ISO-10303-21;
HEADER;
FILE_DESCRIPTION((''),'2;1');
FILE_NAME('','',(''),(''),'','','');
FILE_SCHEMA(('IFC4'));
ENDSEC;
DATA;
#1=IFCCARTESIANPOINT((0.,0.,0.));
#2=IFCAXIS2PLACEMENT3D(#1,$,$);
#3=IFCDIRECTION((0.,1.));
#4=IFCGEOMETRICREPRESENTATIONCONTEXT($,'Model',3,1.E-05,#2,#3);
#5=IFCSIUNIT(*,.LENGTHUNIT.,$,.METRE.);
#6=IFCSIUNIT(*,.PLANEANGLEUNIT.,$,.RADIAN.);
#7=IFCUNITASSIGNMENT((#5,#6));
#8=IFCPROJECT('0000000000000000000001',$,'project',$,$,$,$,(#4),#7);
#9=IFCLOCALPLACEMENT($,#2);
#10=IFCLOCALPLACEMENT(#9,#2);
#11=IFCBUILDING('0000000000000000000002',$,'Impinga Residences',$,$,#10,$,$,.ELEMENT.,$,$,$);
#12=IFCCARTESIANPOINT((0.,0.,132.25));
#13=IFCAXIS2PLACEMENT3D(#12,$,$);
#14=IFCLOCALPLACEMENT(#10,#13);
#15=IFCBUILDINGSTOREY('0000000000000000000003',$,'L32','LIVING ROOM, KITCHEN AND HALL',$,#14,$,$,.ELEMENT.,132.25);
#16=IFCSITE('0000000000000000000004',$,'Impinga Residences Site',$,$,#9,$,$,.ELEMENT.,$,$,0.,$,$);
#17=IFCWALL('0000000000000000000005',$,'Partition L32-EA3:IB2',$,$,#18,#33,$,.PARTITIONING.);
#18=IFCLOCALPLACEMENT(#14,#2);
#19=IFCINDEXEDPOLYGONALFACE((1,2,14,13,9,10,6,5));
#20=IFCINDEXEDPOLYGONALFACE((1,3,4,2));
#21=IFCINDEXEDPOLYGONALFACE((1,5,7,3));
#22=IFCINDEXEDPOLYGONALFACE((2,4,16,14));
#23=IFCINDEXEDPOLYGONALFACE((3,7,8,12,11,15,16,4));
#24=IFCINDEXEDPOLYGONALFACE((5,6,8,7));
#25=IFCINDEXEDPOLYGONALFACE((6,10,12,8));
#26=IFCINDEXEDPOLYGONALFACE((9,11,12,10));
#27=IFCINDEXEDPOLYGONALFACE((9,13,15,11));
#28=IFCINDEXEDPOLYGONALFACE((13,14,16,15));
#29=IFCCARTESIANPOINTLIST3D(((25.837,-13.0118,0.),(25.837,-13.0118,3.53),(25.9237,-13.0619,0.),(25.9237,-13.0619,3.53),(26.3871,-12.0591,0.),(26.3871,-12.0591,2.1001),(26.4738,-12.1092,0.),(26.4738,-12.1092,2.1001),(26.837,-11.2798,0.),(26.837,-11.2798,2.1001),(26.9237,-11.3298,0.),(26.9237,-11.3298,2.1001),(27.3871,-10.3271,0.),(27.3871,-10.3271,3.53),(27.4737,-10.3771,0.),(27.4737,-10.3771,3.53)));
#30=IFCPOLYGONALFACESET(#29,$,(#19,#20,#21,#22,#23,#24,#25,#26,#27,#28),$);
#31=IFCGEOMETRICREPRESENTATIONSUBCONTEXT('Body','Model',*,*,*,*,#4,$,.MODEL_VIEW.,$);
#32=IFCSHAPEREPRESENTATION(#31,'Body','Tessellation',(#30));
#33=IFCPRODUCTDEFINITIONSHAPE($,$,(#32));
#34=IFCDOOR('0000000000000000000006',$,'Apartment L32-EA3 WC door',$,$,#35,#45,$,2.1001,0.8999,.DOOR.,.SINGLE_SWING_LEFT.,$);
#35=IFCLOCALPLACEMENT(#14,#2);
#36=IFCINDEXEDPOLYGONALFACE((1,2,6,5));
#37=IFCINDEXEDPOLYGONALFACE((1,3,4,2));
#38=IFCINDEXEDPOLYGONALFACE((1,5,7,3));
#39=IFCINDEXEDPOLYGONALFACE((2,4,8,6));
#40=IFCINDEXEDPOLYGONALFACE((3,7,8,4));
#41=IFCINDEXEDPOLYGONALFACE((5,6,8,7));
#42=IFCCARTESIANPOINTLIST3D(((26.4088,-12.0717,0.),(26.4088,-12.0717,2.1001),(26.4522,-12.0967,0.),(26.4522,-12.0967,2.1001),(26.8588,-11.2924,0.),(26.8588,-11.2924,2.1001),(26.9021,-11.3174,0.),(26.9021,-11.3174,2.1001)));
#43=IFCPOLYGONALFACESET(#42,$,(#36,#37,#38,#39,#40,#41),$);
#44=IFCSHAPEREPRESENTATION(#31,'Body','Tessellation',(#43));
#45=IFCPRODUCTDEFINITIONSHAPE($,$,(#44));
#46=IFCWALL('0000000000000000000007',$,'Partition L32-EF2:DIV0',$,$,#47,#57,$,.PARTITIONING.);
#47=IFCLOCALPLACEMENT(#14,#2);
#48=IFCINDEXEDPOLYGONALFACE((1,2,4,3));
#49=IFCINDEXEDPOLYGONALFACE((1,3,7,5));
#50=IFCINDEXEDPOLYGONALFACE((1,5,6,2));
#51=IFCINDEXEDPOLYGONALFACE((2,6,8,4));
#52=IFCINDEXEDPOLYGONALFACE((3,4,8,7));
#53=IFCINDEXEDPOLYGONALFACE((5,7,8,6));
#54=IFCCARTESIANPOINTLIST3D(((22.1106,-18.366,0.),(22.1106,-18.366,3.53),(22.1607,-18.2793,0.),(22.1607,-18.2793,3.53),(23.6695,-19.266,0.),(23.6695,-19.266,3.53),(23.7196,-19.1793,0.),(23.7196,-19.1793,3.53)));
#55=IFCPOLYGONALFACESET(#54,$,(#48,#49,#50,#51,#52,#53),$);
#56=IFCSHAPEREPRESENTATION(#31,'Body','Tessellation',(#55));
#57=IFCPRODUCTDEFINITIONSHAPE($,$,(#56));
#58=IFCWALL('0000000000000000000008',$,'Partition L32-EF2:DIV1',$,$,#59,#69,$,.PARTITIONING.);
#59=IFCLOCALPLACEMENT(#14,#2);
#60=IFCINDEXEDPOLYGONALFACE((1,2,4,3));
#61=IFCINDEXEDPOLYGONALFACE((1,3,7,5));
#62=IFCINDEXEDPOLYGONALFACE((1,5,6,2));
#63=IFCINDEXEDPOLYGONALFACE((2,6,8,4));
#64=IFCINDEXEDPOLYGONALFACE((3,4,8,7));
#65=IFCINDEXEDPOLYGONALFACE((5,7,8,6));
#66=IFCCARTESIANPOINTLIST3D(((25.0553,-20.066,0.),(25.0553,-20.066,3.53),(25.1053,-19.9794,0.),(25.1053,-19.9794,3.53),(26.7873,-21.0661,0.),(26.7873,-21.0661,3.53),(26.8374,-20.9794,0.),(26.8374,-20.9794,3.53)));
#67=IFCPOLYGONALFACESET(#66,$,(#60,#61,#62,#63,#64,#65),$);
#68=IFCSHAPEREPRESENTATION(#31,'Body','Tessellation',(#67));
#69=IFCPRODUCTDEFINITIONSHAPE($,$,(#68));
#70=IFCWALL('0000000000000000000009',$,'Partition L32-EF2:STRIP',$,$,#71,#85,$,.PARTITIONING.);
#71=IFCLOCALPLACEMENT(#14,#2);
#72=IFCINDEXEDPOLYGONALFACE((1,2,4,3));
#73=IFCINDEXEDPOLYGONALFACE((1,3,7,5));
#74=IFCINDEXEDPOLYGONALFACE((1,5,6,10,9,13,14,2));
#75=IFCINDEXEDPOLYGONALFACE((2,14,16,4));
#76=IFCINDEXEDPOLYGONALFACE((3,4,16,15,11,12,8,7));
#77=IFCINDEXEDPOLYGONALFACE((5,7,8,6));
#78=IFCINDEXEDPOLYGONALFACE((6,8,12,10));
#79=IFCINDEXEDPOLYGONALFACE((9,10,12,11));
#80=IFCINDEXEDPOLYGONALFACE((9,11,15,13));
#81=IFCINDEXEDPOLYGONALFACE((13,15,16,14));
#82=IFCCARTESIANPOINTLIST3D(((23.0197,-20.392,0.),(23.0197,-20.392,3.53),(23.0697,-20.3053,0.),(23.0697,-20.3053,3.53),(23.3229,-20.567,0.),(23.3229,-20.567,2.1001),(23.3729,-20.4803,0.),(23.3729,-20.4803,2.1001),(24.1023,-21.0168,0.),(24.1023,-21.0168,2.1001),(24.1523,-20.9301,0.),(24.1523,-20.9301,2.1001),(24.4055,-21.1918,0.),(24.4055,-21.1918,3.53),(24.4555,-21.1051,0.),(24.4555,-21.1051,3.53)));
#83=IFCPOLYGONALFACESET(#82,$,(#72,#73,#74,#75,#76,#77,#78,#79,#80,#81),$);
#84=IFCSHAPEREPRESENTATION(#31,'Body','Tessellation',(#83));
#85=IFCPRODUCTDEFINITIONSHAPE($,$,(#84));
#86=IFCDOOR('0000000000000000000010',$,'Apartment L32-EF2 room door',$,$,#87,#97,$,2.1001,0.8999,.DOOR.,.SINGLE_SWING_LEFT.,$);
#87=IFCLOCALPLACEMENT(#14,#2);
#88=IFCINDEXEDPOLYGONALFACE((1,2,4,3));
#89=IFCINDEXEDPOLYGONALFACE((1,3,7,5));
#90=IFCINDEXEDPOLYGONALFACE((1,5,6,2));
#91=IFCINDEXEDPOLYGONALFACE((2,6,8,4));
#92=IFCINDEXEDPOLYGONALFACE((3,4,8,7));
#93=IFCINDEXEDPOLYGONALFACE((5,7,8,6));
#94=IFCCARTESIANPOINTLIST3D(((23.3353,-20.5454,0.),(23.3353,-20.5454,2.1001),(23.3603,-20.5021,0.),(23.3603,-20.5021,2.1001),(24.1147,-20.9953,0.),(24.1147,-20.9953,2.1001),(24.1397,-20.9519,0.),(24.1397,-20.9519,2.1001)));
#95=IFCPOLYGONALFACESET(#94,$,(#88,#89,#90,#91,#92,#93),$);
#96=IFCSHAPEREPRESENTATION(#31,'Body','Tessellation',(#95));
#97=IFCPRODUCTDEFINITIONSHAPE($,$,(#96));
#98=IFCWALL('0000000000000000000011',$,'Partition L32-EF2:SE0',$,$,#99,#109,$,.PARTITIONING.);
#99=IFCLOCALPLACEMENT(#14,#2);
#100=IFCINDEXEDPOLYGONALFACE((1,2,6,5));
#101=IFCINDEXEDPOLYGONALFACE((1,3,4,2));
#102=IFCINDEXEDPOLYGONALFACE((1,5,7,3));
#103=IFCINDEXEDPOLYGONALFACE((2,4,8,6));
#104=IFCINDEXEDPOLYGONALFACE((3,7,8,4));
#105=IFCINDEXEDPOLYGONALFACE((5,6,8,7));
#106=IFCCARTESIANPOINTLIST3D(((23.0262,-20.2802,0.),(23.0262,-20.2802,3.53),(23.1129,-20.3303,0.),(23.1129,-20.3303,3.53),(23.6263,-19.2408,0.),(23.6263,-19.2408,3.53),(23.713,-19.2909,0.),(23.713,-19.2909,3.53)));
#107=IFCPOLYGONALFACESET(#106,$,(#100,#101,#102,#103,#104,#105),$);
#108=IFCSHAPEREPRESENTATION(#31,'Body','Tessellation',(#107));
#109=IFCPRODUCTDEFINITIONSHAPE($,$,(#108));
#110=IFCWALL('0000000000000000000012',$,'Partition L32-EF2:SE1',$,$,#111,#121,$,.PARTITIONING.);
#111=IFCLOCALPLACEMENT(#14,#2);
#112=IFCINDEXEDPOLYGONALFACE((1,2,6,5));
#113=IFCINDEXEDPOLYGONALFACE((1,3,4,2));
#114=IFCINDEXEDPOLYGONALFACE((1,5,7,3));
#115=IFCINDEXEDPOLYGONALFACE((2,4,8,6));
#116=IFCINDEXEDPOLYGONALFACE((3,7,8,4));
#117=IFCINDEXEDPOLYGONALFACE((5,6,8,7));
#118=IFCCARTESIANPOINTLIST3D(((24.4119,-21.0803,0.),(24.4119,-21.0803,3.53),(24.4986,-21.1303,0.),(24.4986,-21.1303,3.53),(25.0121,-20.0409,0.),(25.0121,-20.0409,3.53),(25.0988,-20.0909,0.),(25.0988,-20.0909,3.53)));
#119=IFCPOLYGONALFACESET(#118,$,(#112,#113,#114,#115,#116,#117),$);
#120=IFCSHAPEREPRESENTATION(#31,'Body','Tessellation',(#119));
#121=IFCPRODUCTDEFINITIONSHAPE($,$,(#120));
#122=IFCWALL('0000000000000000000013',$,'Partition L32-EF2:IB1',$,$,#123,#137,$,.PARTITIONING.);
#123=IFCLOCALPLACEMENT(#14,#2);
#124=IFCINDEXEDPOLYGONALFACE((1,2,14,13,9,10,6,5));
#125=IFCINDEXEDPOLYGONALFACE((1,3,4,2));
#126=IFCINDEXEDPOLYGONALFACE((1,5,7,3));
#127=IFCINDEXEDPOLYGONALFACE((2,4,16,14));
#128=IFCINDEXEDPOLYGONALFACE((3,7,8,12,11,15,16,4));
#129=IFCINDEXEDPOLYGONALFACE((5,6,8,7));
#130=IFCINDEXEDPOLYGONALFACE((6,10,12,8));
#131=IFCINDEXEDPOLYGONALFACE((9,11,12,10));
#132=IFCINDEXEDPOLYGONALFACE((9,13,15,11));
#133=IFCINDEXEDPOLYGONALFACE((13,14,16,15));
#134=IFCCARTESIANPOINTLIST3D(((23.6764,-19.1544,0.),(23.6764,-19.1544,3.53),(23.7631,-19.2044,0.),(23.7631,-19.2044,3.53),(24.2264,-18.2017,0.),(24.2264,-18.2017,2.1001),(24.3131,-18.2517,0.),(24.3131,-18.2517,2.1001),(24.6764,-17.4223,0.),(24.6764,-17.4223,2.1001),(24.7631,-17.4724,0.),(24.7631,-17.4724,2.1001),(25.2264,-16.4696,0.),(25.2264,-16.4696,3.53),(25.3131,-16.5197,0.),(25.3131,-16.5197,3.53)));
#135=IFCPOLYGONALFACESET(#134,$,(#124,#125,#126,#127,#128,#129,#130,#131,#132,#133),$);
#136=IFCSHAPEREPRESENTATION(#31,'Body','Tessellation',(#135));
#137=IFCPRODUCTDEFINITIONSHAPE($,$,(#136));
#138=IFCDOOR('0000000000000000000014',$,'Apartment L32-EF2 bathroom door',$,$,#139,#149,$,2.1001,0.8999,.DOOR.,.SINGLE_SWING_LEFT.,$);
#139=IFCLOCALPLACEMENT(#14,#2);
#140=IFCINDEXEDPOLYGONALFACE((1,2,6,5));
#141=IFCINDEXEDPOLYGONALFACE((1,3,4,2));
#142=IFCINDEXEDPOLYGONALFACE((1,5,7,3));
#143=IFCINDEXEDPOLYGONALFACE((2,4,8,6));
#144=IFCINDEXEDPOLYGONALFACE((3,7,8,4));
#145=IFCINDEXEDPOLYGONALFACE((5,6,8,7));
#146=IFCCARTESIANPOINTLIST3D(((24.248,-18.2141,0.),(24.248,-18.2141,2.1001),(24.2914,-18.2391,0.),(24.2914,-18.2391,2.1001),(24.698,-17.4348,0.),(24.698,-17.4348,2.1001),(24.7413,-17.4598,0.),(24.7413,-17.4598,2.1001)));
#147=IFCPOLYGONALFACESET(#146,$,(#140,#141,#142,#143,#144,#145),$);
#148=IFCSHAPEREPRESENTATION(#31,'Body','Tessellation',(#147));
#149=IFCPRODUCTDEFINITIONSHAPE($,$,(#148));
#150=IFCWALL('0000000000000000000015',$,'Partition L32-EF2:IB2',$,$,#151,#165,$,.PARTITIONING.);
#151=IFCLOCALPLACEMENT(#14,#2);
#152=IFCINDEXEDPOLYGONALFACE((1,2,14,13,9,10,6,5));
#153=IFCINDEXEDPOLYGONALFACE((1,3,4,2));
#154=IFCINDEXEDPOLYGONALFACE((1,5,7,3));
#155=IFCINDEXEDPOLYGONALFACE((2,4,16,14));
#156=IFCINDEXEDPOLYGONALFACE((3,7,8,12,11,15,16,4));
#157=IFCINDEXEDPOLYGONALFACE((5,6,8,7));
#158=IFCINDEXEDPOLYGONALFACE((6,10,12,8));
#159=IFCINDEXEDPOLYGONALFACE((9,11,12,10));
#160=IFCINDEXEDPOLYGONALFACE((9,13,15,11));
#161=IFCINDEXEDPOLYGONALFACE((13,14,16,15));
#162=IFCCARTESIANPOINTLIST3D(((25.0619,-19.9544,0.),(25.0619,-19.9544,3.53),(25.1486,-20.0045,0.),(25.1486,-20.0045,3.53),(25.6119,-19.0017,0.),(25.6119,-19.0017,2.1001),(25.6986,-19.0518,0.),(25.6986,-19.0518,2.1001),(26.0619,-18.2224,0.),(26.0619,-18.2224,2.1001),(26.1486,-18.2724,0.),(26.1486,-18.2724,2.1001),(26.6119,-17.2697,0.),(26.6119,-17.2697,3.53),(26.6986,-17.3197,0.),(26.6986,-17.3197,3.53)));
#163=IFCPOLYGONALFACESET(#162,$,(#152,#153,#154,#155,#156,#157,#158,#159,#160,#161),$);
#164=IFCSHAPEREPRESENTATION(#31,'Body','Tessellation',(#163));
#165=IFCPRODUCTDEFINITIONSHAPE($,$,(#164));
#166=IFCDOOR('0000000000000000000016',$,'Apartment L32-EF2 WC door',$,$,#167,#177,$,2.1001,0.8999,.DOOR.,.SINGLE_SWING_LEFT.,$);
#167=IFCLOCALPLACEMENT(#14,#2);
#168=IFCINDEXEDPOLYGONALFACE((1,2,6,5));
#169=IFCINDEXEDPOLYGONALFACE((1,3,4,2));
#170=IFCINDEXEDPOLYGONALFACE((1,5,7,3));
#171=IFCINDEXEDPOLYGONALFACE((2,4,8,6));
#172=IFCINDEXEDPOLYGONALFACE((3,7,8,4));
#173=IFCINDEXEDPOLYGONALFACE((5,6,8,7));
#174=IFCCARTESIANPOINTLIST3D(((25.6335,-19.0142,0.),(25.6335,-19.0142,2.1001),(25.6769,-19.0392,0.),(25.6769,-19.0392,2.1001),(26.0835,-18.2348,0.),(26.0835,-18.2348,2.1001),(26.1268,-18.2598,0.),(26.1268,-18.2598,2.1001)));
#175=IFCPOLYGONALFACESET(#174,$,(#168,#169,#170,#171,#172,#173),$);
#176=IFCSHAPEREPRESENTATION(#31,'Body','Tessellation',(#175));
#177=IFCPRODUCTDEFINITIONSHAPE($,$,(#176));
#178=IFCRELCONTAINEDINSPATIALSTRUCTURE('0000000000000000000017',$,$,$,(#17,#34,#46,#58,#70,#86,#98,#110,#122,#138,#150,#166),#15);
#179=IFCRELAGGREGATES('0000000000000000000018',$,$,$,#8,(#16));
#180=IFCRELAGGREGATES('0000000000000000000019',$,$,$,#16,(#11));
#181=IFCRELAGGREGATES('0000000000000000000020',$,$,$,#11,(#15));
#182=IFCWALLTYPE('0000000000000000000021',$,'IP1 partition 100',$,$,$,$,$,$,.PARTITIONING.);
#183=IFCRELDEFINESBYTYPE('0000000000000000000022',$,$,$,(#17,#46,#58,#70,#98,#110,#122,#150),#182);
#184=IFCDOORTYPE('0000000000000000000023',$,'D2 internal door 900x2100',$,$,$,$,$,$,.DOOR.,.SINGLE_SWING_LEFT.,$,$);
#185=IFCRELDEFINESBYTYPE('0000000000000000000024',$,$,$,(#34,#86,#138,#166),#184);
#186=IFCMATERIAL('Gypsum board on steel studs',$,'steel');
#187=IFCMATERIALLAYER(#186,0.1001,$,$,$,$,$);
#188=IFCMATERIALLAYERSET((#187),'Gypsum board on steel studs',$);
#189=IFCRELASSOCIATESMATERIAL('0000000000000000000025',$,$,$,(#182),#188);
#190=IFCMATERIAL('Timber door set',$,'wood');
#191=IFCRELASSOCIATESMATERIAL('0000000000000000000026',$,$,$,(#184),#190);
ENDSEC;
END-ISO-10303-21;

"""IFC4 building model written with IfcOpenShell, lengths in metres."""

from ifc_helpers import new_model, si_unit, direction, frame, frame_2d, origin, place, context, subcontext, project, spatial, rectangle, extrude, material, layer, layer_set, type_object, element, fill, save


model = new_model("IFC4")

# Units and contexts
model_context = context("Model", 3, precision=1e-05, world=origin(), true_north=direction((0.0, 1.0)))
body_context = subcontext(model_context, "Body", "Model", "MODEL_VIEW")
ifc_project = project(units=[si_unit("LENGTHUNIT", "METRE"), si_unit("PLANEANGLEUNIT", "RADIAN")], contexts=[model_context])

# Site, building, storey
site_placement = place(None, origin())
site = spatial("IfcSite", under=ifc_project, at=site_placement, Name="Impinga Residences Site", CompositionType="ELEMENT", RefElevation=0.0)
building_placement = place(site_placement, origin())
building = spatial("IfcBuilding", under=site, at=building_placement, Name="Impinga Residences", CompositionType="ELEMENT")
storey_placement = place(building_placement, frame((0.0, 0.0, 132.25)))
storey = spatial("IfcBuildingStorey", under=building, at=storey_placement, Name="L32", Description="LIVING ROOM, KITCHEN AND HALL", CompositionType="ELEMENT", Elevation=132.25)

# Shared definitions
ifc_material_1 = material(Name="Gypsum board on steel studs", Category="steel")
ifc_layer_1 = layer(ifc_material_1, 0.1001)
ifc_layer_set_1 = layer_set([ifc_layer_1], Name="Gypsum board on steel studs")
wall_type_1 = type_object("IfcWallType", Name="IP1 partition 100", PredefinedType="PARTITIONING", material=ifc_layer_set_1)
ifc_material_2 = material(Name="Timber door set", Category="wood")
door_type = type_object("IfcDoorType", Name="D2 internal door 900x2100", OperationType="SINGLE_SWING_LEFT", PredefinedType="DOOR", material=ifc_material_2)

# Wall, opening, door
wall_1_placement = place(storey_placement, frame((25.8804, -13.0369, 0.0), z_axis=(0.0, 0.0, 1.0), x_axis=(0.499993, 0.86603, 0.0)))
wall_1 = element("IfcWall", 1, at=wall_1_placement, inside=storey, type_object=wall_type_1, Name="Partition L32-EA3:IB2", PredefinedType="PARTITIONING", context=body_context, shape_type="SweptSolid", body=[
    extrude(rectangle(XDim=3.1001, YDim=0.1001, at=frame_2d((1.55, 0.0))), origin(), (0.0, 0.0, 1.0), 3.53),
])
opening_1_placement = place(wall_1_placement, frame((1.1001, 0.0, 0.0)))
opening_1 = element("IfcOpeningElement", 2, at=opening_1_placement, cuts=wall_1, PredefinedType="OPENING", context=body_context, shape_type="SweptSolid", body=[
    extrude(rectangle(XDim=0.8999, YDim=2.1001, at=frame_2d((0.45, 1.05))), frame((0.0, 0.0601, 0.0), z_axis=(0.0, -1.0, 0.0), x_axis=(1.0, 0.0, 0.0)), (0.0, 0.0, 1.0), 0.1201),
])
door_1_placement = place(opening_1_placement, origin())
door_1 = element("IfcDoor", 3, at=door_1_placement, inside=storey, type_object=door_type, Name="Apartment L32-EA3 WC door", OperationType="SINGLE_SWING_LEFT", OverallHeight=2.1001, OverallWidth=0.8999, PredefinedType="DOOR", context=body_context, shape_type="SweptSolid", body=[
    extrude(rectangle(XDim=0.8999, YDim=2.1001, at=frame_2d((0.45, 1.05))), frame((0.0, 0.0249, 0.0), z_axis=(0.0, -1.0, 0.0), x_axis=(1.0, 0.0, 0.0)), (0.0, 0.0, 1.0), 0.05),
])
fill(opening_1, door_1)

# Walls
wall_2_placement = place(storey_placement, frame((22.1357, -18.3228, 0.0), z_axis=(0.0, 0.0, 1.0), x_axis=(0.866048, -0.499961, 0.0)))
element("IfcWall", 4, at=wall_2_placement, inside=storey, type_object=wall_type_1, Name="Partition L32-EF2:DIV0", PredefinedType="PARTITIONING", context=body_context, shape_type="SweptSolid", body=[
    extrude(rectangle(XDim=1.8, YDim=0.1001, at=frame_2d((0.8999, 0.0))), origin(), (0.0, 0.0, 1.0), 3.53),
])
wall_3_placement = place(storey_placement, frame((25.0803, -20.0227, 0.0), z_axis=(0.0, 0.0, 1.0), x_axis=(0.866011, -0.500025, 0.0)))
element("IfcWall", 5, at=wall_3_placement, inside=storey, type_object=wall_type_1, Name="Partition L32-EF2:DIV1", PredefinedType="PARTITIONING", context=body_context, shape_type="SweptSolid", body=[
    extrude(rectangle(XDim=2.0, YDim=0.1001, at=frame_2d((1.0, 0.0))), origin(), (0.0, 0.0, 1.0), 3.53),
])

# Wall, opening, door
wall_4_placement = place(storey_placement, frame((23.0447, -20.3486, 0.0), z_axis=(0.0, 0.0, 1.0), x_axis=(0.866094, -0.499881, 0.0)))
wall_4 = element("IfcWall", 6, at=wall_4_placement, inside=storey, type_object=wall_type_1, Name="Partition L32-EF2:STRIP", PredefinedType="PARTITIONING", context=body_context, shape_type="SweptSolid", body=[
    extrude(rectangle(XDim=1.6001, YDim=0.1001, at=frame_2d((0.8, 0.0))), origin(), (0.0, 0.0, 1.0), 3.53),
])
opening_2_placement = place(wall_4_placement, frame((0.3501, 0.0, 0.0)))
opening_2 = element("IfcOpeningElement", 7, at=opening_2_placement, cuts=wall_4, PredefinedType="OPENING", context=body_context, shape_type="SweptSolid", body=[
    extrude(rectangle(XDim=0.8999, YDim=2.1001, at=frame_2d((0.45, 1.05))), frame((0.0, 0.0601, 0.0), z_axis=(0.0, -1.0, 0.0), x_axis=(1.0, 0.0, 0.0)), (0.0, 0.0, 1.0), 0.1201),
])
door_2_placement = place(opening_2_placement, origin())
door_2 = element("IfcDoor", 8, at=door_2_placement, inside=storey, type_object=door_type, Name="Apartment L32-EF2 room door", OperationType="SINGLE_SWING_LEFT", OverallHeight=2.1001, OverallWidth=0.8999, PredefinedType="DOOR", context=body_context, shape_type="SweptSolid", body=[
    extrude(rectangle(XDim=0.8999, YDim=2.1001, at=frame_2d((0.45, 1.05))), frame((0.0, 0.0249, 0.0), z_axis=(0.0, -1.0, 0.0), x_axis=(1.0, 0.0, 0.0)), (0.0, 0.0, 1.0), 0.05),
])
fill(opening_2, door_2)

# Walls
for number, where, z_axis, x_axis, name in (
    (9, (23.6697, -19.2659, 0.0), (0.0, 0.0, 1.0), (-0.500034, -0.866006, 0.0), "Partition L32-EF2:SE0"),
    (10, (25.0554, -20.0659, 0.0), (0.0, 0.0, 1.0), (-0.500034, -0.866006, 0.0), "Partition L32-EF2:SE1"),
):
    element("IfcWall", number, at=place(storey_placement, frame(where, z_axis=z_axis, x_axis=x_axis)), inside=storey, type_object=wall_type_1, Name=name, PredefinedType="PARTITIONING", context=body_context, shape_type="SweptSolid", body=[
        extrude(rectangle(XDim=1.2002, YDim=0.1001, at=frame_2d((0.6001, 0.0))), origin(), (0.0, 0.0, 1.0), 3.53),
    ])

# Walls, openings, doors
wall_5_placement = place(storey_placement, frame((25.2698, -16.4946, 0.0), z_axis=(0.0, 0.0, 1.0), x_axis=(-0.499993, -0.86603, 0.0)))
wall_5 = element("IfcWall", 11, at=wall_5_placement, inside=storey, type_object=wall_type_1, Name="Partition L32-EF2:IB1", PredefinedType="PARTITIONING", context=body_context, shape_type="SweptSolid", body=[
    extrude(rectangle(XDim=3.1001, YDim=0.1001, at=frame_2d((1.55, 0.0))), origin(), (0.0, 0.0, 1.0), 3.53),
])
opening_3_placement = place(wall_5_placement, frame((1.1001, 0.0, 0.0)))
opening_3 = element("IfcOpeningElement", 12, at=opening_3_placement, cuts=wall_5, PredefinedType="OPENING", context=body_context, shape_type="SweptSolid", body=[
    extrude(rectangle(XDim=0.8999, YDim=2.1001, at=frame_2d((0.45, 1.05))), frame((0.0, 0.0601, 0.0), z_axis=(0.0, -1.0, 0.0), x_axis=(1.0, 0.0, 0.0)), (0.0, 0.0, 1.0), 0.1201),
])
door_3_placement = place(opening_3_placement, origin())
door_3 = element("IfcDoor", 13, at=door_3_placement, inside=storey, type_object=door_type, Name="Apartment L32-EF2 bathroom door", OperationType="SINGLE_SWING_LEFT", OverallHeight=2.1001, OverallWidth=0.8999, PredefinedType="DOOR", context=body_context, shape_type="SweptSolid", body=[
    extrude(rectangle(XDim=0.8999, YDim=2.1001, at=frame_2d((0.45, 1.05))), frame((0.0, 0.0249, 0.0), z_axis=(0.0, -1.0, 0.0), x_axis=(1.0, 0.0, 0.0)), (0.0, 0.0, 1.0), 0.05),
])
fill(opening_3, door_3)
wall_6_placement = place(storey_placement, frame((26.6553, -17.2947, 0.0), z_axis=(0.0, 0.0, 1.0), x_axis=(-0.499993, -0.86603, 0.0)))
wall_6 = element("IfcWall", 14, at=wall_6_placement, inside=storey, type_object=wall_type_1, Name="Partition L32-EF2:IB2", PredefinedType="PARTITIONING", context=body_context, shape_type="SweptSolid", body=[
    extrude(rectangle(XDim=3.1001, YDim=0.1001, at=frame_2d((1.55, 0.0))), origin(), (0.0, 0.0, 1.0), 3.53),
])
opening_4_placement = place(wall_6_placement, frame((1.1001, 0.0, 0.0)))
opening_4 = element("IfcOpeningElement", 15, at=opening_4_placement, cuts=wall_6, PredefinedType="OPENING", context=body_context, shape_type="SweptSolid", body=[
    extrude(rectangle(XDim=0.8999, YDim=2.1001, at=frame_2d((0.45, 1.05))), frame((0.0, 0.0601, 0.0), z_axis=(0.0, -1.0, 0.0), x_axis=(1.0, 0.0, 0.0)), (0.0, 0.0, 1.0), 0.1201),
])
door_4_placement = place(opening_4_placement, origin())
door_4 = element("IfcDoor", 16, at=door_4_placement, inside=storey, type_object=door_type, Name="Apartment L32-EF2 WC door", OperationType="SINGLE_SWING_LEFT", OverallHeight=2.1001, OverallWidth=0.8999, PredefinedType="DOOR", context=body_context, shape_type="SweptSolid", body=[
    extrude(rectangle(XDim=0.8999, YDim=2.1001, at=frame_2d((0.45, 1.05))), frame((0.0, 0.0249, 0.0), z_axis=(0.0, -1.0, 0.0), x_axis=(1.0, 0.0, 0.0)), (0.0, 0.0, 1.0), 0.05),
])
fill(opening_4, door_4)

save(model, "model.ifc")
